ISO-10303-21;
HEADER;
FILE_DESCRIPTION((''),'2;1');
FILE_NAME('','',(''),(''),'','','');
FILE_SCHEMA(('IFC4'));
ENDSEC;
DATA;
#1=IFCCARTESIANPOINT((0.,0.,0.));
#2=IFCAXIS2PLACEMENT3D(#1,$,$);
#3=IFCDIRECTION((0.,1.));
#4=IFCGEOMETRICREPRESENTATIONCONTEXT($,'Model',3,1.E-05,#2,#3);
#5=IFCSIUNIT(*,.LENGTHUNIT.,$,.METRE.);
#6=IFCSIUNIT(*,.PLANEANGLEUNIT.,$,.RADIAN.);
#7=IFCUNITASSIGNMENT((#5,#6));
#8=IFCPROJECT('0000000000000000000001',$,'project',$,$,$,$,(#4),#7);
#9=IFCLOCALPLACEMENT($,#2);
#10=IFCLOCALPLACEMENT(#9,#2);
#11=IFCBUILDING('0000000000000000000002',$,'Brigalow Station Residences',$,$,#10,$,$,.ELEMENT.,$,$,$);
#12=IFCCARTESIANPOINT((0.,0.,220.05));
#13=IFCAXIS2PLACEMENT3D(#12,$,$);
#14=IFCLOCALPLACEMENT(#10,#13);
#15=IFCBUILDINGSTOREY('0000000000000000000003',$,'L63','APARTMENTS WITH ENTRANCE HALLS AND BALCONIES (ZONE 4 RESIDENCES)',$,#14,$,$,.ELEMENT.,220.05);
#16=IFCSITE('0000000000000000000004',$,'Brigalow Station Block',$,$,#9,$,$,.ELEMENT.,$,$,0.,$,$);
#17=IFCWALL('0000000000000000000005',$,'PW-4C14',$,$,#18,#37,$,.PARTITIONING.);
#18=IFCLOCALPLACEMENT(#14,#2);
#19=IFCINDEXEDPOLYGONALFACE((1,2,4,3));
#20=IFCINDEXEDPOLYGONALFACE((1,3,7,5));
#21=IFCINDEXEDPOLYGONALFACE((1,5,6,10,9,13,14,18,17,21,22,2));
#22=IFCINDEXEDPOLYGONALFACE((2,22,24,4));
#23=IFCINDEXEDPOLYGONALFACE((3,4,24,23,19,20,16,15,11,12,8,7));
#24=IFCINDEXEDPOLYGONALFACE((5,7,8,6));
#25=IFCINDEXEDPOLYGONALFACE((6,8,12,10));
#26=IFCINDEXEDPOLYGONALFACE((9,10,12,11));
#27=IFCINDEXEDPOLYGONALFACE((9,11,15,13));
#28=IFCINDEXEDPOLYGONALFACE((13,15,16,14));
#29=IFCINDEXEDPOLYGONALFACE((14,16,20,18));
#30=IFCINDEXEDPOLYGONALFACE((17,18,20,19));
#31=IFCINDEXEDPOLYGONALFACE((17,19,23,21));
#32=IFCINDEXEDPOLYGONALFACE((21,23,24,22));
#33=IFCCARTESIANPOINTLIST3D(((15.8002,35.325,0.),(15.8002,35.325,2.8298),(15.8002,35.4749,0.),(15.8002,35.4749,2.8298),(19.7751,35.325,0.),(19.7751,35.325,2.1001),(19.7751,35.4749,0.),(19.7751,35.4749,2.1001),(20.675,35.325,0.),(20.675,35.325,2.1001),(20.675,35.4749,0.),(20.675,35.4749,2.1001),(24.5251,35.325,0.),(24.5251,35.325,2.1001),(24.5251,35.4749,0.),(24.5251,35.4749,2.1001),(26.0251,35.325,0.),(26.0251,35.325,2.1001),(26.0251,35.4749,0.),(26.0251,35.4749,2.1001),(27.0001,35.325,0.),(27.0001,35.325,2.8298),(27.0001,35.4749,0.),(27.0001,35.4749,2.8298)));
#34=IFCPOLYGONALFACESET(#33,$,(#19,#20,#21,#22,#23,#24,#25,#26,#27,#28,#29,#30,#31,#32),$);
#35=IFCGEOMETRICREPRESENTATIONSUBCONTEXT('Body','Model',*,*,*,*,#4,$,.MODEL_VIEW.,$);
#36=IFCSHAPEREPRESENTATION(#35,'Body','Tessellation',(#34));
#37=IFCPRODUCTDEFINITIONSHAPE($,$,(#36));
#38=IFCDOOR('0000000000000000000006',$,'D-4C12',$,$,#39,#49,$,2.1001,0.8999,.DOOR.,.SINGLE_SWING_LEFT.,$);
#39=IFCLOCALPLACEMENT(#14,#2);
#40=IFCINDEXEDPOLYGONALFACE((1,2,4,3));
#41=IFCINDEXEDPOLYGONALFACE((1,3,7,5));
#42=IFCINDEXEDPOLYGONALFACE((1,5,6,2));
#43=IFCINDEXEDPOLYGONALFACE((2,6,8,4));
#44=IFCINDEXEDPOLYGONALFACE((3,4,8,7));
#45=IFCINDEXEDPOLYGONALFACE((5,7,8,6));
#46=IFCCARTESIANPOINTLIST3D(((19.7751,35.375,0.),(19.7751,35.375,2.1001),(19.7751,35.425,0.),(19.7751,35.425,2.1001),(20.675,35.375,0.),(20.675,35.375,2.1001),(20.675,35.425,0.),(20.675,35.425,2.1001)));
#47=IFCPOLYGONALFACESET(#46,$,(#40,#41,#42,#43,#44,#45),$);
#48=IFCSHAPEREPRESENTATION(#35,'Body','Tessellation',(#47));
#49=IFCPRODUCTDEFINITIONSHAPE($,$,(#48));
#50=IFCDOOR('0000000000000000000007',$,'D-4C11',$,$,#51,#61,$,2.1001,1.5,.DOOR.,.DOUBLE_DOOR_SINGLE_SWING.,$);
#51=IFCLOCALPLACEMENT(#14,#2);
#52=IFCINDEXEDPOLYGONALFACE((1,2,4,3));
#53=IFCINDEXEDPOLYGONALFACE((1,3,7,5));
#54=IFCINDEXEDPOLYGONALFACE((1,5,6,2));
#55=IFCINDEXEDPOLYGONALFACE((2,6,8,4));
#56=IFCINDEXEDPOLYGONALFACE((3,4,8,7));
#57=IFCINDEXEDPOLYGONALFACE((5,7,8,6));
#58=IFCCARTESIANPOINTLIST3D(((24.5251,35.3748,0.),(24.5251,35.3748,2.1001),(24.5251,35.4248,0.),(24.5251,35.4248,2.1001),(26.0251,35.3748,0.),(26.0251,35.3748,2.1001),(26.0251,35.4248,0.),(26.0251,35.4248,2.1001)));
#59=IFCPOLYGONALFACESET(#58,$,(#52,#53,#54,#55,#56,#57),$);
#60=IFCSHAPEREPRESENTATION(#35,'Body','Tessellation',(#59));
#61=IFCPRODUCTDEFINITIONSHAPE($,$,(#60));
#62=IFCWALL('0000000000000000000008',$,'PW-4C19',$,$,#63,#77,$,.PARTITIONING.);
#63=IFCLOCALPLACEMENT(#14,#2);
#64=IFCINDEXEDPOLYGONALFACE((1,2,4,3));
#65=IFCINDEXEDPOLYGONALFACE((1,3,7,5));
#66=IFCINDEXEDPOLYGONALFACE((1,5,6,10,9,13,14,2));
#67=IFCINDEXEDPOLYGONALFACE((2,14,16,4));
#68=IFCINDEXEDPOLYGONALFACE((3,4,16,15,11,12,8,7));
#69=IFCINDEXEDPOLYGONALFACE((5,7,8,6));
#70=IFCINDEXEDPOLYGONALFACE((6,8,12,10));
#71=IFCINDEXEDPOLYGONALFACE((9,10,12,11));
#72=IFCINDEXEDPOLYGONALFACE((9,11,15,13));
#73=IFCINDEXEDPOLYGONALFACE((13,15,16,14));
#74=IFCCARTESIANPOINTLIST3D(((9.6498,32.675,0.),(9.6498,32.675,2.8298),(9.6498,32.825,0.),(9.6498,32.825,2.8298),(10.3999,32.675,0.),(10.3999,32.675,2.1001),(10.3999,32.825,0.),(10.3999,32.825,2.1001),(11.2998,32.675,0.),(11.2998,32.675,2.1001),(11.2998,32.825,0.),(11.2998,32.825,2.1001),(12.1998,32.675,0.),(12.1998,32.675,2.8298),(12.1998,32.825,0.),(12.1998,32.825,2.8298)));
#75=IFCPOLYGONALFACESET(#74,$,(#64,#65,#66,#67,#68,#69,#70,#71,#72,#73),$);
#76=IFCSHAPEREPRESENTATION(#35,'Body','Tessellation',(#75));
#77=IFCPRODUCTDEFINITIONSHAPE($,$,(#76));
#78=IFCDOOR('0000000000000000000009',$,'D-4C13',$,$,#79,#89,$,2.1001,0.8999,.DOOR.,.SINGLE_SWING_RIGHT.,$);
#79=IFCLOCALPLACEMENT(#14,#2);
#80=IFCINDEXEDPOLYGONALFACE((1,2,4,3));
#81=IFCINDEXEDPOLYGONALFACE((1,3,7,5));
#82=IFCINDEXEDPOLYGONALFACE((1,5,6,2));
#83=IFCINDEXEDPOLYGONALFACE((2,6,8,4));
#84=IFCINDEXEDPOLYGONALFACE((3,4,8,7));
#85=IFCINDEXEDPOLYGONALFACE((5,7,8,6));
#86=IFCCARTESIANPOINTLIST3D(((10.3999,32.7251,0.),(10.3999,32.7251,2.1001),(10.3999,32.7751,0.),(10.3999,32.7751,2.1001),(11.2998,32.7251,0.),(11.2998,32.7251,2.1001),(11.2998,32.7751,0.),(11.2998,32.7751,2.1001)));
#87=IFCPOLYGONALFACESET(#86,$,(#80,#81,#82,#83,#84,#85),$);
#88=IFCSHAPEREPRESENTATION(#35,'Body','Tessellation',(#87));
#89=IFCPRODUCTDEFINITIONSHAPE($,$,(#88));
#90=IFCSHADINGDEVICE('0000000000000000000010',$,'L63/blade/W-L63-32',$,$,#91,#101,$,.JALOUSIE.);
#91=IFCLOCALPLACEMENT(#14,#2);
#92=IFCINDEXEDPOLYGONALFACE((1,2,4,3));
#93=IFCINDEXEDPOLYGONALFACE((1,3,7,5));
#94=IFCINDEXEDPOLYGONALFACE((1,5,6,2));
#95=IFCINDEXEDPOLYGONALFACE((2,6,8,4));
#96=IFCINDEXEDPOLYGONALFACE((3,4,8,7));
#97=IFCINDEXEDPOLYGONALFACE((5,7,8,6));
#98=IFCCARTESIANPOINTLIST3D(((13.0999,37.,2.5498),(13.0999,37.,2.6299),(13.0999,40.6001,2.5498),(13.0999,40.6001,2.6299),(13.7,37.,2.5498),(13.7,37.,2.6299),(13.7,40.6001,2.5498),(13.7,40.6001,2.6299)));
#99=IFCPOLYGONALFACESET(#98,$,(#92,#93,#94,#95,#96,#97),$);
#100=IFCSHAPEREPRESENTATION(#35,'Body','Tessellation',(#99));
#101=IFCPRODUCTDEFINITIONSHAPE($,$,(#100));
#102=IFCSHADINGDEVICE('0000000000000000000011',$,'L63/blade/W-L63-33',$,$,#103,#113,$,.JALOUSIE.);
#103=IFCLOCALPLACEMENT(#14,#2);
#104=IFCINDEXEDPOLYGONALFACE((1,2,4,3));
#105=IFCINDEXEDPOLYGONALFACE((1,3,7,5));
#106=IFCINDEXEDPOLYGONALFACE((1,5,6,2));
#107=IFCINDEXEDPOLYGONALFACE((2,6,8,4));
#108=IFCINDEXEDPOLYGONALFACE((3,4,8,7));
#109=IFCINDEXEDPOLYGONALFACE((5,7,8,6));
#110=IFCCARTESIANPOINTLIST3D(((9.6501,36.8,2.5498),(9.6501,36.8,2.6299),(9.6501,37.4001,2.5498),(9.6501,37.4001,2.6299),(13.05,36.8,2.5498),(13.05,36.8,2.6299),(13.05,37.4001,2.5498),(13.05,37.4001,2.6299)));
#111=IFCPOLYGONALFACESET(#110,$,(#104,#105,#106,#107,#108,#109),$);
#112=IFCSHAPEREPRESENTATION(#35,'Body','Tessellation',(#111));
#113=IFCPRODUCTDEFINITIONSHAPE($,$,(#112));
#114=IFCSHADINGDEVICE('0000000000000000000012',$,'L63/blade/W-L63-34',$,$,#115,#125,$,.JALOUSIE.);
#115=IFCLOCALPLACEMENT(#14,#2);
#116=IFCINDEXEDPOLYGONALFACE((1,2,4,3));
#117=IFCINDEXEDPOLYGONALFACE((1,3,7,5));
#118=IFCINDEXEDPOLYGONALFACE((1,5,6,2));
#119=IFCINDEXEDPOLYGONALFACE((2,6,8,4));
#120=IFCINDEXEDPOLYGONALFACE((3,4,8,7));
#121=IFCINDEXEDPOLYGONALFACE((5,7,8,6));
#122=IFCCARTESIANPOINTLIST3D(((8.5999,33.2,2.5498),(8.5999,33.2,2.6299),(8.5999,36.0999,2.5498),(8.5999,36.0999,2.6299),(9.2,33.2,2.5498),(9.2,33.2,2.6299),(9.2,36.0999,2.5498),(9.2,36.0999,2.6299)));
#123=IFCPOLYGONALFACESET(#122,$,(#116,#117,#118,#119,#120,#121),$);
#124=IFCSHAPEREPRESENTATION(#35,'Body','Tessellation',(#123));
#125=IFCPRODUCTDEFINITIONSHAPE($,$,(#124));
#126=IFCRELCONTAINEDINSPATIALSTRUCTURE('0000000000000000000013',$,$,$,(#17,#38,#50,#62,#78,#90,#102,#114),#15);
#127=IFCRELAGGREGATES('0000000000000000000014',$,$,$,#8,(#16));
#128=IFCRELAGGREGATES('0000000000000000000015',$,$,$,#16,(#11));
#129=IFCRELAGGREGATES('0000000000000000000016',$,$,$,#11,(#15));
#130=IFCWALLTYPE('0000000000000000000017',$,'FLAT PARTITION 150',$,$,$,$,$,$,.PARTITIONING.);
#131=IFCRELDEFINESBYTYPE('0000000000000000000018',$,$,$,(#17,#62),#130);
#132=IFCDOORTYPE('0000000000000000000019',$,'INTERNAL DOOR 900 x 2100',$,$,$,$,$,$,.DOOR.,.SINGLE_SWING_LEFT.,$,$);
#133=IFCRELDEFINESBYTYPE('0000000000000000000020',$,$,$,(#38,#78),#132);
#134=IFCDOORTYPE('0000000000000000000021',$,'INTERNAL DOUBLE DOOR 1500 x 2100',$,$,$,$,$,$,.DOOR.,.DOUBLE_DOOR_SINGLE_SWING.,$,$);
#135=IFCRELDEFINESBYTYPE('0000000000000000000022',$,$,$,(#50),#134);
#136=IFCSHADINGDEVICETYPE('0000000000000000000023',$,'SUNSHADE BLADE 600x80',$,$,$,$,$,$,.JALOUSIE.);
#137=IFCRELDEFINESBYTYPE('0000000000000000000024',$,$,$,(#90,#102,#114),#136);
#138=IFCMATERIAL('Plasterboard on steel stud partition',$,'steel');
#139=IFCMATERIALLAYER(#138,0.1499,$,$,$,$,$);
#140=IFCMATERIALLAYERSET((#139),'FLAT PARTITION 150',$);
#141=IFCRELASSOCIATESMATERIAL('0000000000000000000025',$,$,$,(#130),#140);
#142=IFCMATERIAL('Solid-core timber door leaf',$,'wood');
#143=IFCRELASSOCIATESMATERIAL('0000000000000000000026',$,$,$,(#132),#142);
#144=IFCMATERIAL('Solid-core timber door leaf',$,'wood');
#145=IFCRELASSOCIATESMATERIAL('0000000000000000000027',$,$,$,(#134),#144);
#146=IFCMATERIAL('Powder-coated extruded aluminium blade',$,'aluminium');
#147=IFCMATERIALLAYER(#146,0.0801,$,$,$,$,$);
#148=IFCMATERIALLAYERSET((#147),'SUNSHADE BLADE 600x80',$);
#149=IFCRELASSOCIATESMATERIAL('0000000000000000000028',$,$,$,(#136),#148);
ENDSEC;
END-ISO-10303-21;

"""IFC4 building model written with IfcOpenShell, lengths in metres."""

from ifc_helpers import new_model, si_unit, direction, frame, frame_2d, origin, origin_2d, place, context, subcontext, project, spatial, rectangle, extrude, material, layer, layer_set, type_object, element, fill, save


model = new_model("IFC4")

# Units and contexts
model_context = context("Model", 3, precision=1e-05, world=origin(), true_north=direction((0.0, 1.0)))
body_context = subcontext(model_context, "Body", "Model", "MODEL_VIEW")
ifc_project = project(units=[si_unit("LENGTHUNIT", "METRE"), si_unit("PLANEANGLEUNIT", "RADIAN")], contexts=[model_context])

# Site, building, storey
site_placement = place(None, origin())
site = spatial("IfcSite", under=ifc_project, at=site_placement, Name="Brigalow Station Block", CompositionType="ELEMENT", RefElevation=0.0)
building_placement = place(site_placement, origin())
building = spatial("IfcBuilding", under=site, at=building_placement, Name="Brigalow Station Residences", CompositionType="ELEMENT")
storey_placement = place(building_placement, frame((0.0, 0.0, 220.05)))
storey = spatial("IfcBuildingStorey", under=building, at=storey_placement, Name="L63", Description="APARTMENTS WITH ENTRANCE HALLS AND BALCONIES (ZONE 4 RESIDENCES)", CompositionType="ELEMENT", Elevation=220.05)

# Wall, openings, doors
ifc_material_1 = material(Name="Plasterboard on steel stud partition", Category="steel")
ifc_layer_1 = layer(ifc_material_1, 0.1499)
ifc_layer_set_1 = layer_set([ifc_layer_1], Name="FLAT PARTITION 150")
wall_type_1 = type_object("IfcWallType", Name="FLAT PARTITION 150", PredefinedType="PARTITIONING", material=ifc_layer_set_1)
wall_1_placement = place(storey_placement, frame((15.8, 35.3999, 0.0), z_axis=(0.0, 0.0, 1.0), x_axis=(1.0, 0.0, 0.0)))
wall_1 = element("IfcWall", 1, at=wall_1_placement, inside=storey, type_object=wall_type_1, Name="PW-4C14", PredefinedType="PARTITIONING", context=body_context, shape_type="SweptSolid", body=[
    extrude(rectangle(XDim=11.2, YDim=0.1499, at=frame_2d((5.6001, 0.0))), origin(), (0.0, 0.0, 1.0), 2.8298),
])
opening_1_placement = place(wall_1_placement, frame((8.7251, 0.0, 0.0)))
opening_1 = element("IfcOpeningElement", 2, at=opening_1_placement, cuts=wall_1, PredefinedType="OPENING", context=body_context, shape_type="SweptSolid", body=[
    extrude(rectangle(XDim=1.5, YDim=2.1001, at=frame_2d((0.75, 1.05))), frame((0.0, 0.085, 0.0), z_axis=(0.0, -1.0, 0.0), x_axis=(1.0, 0.0, 0.0)), (0.0, 0.0, 1.0), 0.1699),
])
opening_2_placement = place(wall_1_placement, frame((3.9751, 0.0, 0.0)))
opening_2 = element("IfcOpeningElement", 3, at=opening_2_placement, cuts=wall_1, PredefinedType="OPENING", context=body_context, shape_type="SweptSolid", body=[
    extrude(rectangle(XDim=0.8999, YDim=2.1001, at=frame_2d((0.45, 1.05))), frame((0.0, 0.085, 0.0), z_axis=(0.0, -1.0, 0.0), x_axis=(1.0, 0.0, 0.0)), (0.0, 0.0, 1.0), 0.1699),
])
ifc_material_2 = material(Name="Solid-core timber door leaf", Category="wood")
door_type_1 = type_object("IfcDoorType", Name="INTERNAL DOOR 900 x 2100", OperationType="SINGLE_SWING_LEFT", PredefinedType="DOOR", material=ifc_material_2)
door_1_placement = place(opening_2_placement, frame((0.8999, 0.0, 0.0), z_axis=(0.0, 0.0, 1.0), x_axis=(-1.0, 0.0, 0.0)))
door_1 = element("IfcDoor", 4, at=door_1_placement, inside=storey, type_object=door_type_1, Name="D-4C12", OperationType="SINGLE_SWING_LEFT", OverallHeight=2.1001, OverallWidth=0.8999, PredefinedType="DOOR", context=body_context, shape_type="SweptSolid", body=[
    extrude(rectangle(XDim=0.8999, YDim=2.1001, at=frame_2d((0.45, 1.05))), frame((0.0, 0.0249, 0.0), z_axis=(0.0, -1.0, 0.0), x_axis=(1.0, 0.0, 0.0)), (0.0, 0.0, 1.0), 0.05),
])
fill(opening_2, door_1)
ifc_material_3 = material(Name="Solid-core timber door leaf", Category="wood")
door_type_2 = type_object("IfcDoorType", Name="INTERNAL DOUBLE DOOR 1500 x 2100", OperationType="DOUBLE_DOOR_SINGLE_SWING", PredefinedType="DOOR", material=ifc_material_3)
door_2_placement = place(opening_1_placement, origin())
door_2 = element("IfcDoor", 5, at=door_2_placement, inside=storey, type_object=door_type_2, Name="D-4C11", OperationType="DOUBLE_DOOR_SINGLE_SWING", OverallHeight=2.1001, OverallWidth=1.5, PredefinedType="DOOR", context=body_context, shape_type="SweptSolid", body=[
    extrude(rectangle(XDim=1.5, YDim=2.1001, at=frame_2d((0.75, 1.05))), frame((0.0, 0.0249, 0.0), z_axis=(0.0, -1.0, 0.0), x_axis=(1.0, 0.0, 0.0)), (0.0, 0.0, 1.0), 0.05),
])
fill(opening_1, door_2)

# Wall, opening, door
wall_2_placement = place(storey_placement, frame((9.6499, 32.75, 0.0), z_axis=(0.0, 0.0, 1.0), x_axis=(1.0, 0.0, 0.0)))
wall_2 = element("IfcWall", 6, at=wall_2_placement, inside=storey, type_object=wall_type_1, Name="PW-4C19", PredefinedType="PARTITIONING", context=body_context, shape_type="SweptSolid", body=[
    extrude(rectangle(XDim=2.55, YDim=0.1499, at=frame_2d((1.2749, 0.0))), origin(), (0.0, 0.0, 1.0), 2.8298),
])
opening_3_placement = place(wall_2_placement, frame((0.75, 0.0, 0.0)))
opening_3 = element("IfcOpeningElement", 7, at=opening_3_placement, cuts=wall_2, PredefinedType="OPENING", context=body_context, shape_type="SweptSolid", body=[
    extrude(rectangle(XDim=0.8999, YDim=2.1001, at=frame_2d((0.45, 1.05))), frame((0.0, 0.085, 0.0), z_axis=(0.0, -1.0, 0.0), x_axis=(1.0, 0.0, 0.0)), (0.0, 0.0, 1.0), 0.1699),
])
door_3_placement = place(opening_3_placement, frame((0.8999, 0.0, 0.0), z_axis=(0.0, 0.0, 1.0), x_axis=(-1.0, 0.0, 0.0)))
door_3 = element("IfcDoor", 8, at=door_3_placement, inside=storey, type_object=door_type_1, Name="D-4C13", OperationType="SINGLE_SWING_RIGHT", OverallHeight=2.1001, OverallWidth=0.8999, PredefinedType="DOOR", context=body_context, shape_type="SweptSolid", body=[
    extrude(rectangle(XDim=0.8999, YDim=2.1001, at=frame_2d((0.45, 1.05))), frame((0.0, 0.0249, 0.0), z_axis=(0.0, -1.0, 0.0), x_axis=(1.0, 0.0, 0.0)), (0.0, 0.0, 1.0), 0.05),
])
fill(opening_3, door_3)

# Shading devices
ifc_material_4 = material(Name="Powder-coated extruded aluminium blade", Category="aluminium")
ifc_layer_2 = layer(ifc_material_4, 0.0801)
ifc_layer_set_2 = layer_set([ifc_layer_2], Name="SUNSHADE BLADE 600x80")
shading_device_type = type_object("IfcShadingDeviceType", Name="SUNSHADE BLADE 600x80", PredefinedType="JALOUSIE", material=ifc_layer_set_2)
shading_device_1_placement = place(storey_placement, frame((13.3999, 38.8, 2.5498), z_axis=(0.0, 0.0, 1.0), x_axis=(0.0, -1.0, 0.0)))
element("IfcShadingDevice", 9, at=shading_device_1_placement, inside=storey, type_object=shading_device_type, Name="L63/blade/W-L63-32", PredefinedType="JALOUSIE", context=body_context, shape_type="SweptSolid", body=[
    extrude(rectangle(XDim=3.6001, YDim=0.6001, at=origin_2d()), origin(), (0.0, 0.0, 1.0), 0.0801),
])
shading_device_2_placement = place(storey_placement, frame((11.3501, 37.1001, 2.5498), z_axis=(0.0, 0.0, 1.0), x_axis=(-1.0, 0.0, 0.0)))
element("IfcShadingDevice", 10, at=shading_device_2_placement, inside=storey, type_object=shading_device_type, Name="L63/blade/W-L63-33", PredefinedType="JALOUSIE", context=body_context, shape_type="SweptSolid", body=[
    extrude(rectangle(XDim=3.3999, YDim=0.6001, at=origin_2d()), origin(), (0.0, 0.0, 1.0), 0.0801),
])
shading_device_3_placement = place(storey_placement, frame((8.8999, 34.6499, 2.5498), z_axis=(0.0, 0.0, 1.0), x_axis=(0.0, -1.0, 0.0)))
element("IfcShadingDevice", 11, at=shading_device_3_placement, inside=storey, type_object=shading_device_type, Name="L63/blade/W-L63-34", PredefinedType="JALOUSIE", context=body_context, shape_type="SweptSolid", body=[
    extrude(rectangle(XDim=2.8999, YDim=0.6001, at=origin_2d()), origin(), (0.0, 0.0, 1.0), 0.0801),
])

save(model, "model.ifc")
